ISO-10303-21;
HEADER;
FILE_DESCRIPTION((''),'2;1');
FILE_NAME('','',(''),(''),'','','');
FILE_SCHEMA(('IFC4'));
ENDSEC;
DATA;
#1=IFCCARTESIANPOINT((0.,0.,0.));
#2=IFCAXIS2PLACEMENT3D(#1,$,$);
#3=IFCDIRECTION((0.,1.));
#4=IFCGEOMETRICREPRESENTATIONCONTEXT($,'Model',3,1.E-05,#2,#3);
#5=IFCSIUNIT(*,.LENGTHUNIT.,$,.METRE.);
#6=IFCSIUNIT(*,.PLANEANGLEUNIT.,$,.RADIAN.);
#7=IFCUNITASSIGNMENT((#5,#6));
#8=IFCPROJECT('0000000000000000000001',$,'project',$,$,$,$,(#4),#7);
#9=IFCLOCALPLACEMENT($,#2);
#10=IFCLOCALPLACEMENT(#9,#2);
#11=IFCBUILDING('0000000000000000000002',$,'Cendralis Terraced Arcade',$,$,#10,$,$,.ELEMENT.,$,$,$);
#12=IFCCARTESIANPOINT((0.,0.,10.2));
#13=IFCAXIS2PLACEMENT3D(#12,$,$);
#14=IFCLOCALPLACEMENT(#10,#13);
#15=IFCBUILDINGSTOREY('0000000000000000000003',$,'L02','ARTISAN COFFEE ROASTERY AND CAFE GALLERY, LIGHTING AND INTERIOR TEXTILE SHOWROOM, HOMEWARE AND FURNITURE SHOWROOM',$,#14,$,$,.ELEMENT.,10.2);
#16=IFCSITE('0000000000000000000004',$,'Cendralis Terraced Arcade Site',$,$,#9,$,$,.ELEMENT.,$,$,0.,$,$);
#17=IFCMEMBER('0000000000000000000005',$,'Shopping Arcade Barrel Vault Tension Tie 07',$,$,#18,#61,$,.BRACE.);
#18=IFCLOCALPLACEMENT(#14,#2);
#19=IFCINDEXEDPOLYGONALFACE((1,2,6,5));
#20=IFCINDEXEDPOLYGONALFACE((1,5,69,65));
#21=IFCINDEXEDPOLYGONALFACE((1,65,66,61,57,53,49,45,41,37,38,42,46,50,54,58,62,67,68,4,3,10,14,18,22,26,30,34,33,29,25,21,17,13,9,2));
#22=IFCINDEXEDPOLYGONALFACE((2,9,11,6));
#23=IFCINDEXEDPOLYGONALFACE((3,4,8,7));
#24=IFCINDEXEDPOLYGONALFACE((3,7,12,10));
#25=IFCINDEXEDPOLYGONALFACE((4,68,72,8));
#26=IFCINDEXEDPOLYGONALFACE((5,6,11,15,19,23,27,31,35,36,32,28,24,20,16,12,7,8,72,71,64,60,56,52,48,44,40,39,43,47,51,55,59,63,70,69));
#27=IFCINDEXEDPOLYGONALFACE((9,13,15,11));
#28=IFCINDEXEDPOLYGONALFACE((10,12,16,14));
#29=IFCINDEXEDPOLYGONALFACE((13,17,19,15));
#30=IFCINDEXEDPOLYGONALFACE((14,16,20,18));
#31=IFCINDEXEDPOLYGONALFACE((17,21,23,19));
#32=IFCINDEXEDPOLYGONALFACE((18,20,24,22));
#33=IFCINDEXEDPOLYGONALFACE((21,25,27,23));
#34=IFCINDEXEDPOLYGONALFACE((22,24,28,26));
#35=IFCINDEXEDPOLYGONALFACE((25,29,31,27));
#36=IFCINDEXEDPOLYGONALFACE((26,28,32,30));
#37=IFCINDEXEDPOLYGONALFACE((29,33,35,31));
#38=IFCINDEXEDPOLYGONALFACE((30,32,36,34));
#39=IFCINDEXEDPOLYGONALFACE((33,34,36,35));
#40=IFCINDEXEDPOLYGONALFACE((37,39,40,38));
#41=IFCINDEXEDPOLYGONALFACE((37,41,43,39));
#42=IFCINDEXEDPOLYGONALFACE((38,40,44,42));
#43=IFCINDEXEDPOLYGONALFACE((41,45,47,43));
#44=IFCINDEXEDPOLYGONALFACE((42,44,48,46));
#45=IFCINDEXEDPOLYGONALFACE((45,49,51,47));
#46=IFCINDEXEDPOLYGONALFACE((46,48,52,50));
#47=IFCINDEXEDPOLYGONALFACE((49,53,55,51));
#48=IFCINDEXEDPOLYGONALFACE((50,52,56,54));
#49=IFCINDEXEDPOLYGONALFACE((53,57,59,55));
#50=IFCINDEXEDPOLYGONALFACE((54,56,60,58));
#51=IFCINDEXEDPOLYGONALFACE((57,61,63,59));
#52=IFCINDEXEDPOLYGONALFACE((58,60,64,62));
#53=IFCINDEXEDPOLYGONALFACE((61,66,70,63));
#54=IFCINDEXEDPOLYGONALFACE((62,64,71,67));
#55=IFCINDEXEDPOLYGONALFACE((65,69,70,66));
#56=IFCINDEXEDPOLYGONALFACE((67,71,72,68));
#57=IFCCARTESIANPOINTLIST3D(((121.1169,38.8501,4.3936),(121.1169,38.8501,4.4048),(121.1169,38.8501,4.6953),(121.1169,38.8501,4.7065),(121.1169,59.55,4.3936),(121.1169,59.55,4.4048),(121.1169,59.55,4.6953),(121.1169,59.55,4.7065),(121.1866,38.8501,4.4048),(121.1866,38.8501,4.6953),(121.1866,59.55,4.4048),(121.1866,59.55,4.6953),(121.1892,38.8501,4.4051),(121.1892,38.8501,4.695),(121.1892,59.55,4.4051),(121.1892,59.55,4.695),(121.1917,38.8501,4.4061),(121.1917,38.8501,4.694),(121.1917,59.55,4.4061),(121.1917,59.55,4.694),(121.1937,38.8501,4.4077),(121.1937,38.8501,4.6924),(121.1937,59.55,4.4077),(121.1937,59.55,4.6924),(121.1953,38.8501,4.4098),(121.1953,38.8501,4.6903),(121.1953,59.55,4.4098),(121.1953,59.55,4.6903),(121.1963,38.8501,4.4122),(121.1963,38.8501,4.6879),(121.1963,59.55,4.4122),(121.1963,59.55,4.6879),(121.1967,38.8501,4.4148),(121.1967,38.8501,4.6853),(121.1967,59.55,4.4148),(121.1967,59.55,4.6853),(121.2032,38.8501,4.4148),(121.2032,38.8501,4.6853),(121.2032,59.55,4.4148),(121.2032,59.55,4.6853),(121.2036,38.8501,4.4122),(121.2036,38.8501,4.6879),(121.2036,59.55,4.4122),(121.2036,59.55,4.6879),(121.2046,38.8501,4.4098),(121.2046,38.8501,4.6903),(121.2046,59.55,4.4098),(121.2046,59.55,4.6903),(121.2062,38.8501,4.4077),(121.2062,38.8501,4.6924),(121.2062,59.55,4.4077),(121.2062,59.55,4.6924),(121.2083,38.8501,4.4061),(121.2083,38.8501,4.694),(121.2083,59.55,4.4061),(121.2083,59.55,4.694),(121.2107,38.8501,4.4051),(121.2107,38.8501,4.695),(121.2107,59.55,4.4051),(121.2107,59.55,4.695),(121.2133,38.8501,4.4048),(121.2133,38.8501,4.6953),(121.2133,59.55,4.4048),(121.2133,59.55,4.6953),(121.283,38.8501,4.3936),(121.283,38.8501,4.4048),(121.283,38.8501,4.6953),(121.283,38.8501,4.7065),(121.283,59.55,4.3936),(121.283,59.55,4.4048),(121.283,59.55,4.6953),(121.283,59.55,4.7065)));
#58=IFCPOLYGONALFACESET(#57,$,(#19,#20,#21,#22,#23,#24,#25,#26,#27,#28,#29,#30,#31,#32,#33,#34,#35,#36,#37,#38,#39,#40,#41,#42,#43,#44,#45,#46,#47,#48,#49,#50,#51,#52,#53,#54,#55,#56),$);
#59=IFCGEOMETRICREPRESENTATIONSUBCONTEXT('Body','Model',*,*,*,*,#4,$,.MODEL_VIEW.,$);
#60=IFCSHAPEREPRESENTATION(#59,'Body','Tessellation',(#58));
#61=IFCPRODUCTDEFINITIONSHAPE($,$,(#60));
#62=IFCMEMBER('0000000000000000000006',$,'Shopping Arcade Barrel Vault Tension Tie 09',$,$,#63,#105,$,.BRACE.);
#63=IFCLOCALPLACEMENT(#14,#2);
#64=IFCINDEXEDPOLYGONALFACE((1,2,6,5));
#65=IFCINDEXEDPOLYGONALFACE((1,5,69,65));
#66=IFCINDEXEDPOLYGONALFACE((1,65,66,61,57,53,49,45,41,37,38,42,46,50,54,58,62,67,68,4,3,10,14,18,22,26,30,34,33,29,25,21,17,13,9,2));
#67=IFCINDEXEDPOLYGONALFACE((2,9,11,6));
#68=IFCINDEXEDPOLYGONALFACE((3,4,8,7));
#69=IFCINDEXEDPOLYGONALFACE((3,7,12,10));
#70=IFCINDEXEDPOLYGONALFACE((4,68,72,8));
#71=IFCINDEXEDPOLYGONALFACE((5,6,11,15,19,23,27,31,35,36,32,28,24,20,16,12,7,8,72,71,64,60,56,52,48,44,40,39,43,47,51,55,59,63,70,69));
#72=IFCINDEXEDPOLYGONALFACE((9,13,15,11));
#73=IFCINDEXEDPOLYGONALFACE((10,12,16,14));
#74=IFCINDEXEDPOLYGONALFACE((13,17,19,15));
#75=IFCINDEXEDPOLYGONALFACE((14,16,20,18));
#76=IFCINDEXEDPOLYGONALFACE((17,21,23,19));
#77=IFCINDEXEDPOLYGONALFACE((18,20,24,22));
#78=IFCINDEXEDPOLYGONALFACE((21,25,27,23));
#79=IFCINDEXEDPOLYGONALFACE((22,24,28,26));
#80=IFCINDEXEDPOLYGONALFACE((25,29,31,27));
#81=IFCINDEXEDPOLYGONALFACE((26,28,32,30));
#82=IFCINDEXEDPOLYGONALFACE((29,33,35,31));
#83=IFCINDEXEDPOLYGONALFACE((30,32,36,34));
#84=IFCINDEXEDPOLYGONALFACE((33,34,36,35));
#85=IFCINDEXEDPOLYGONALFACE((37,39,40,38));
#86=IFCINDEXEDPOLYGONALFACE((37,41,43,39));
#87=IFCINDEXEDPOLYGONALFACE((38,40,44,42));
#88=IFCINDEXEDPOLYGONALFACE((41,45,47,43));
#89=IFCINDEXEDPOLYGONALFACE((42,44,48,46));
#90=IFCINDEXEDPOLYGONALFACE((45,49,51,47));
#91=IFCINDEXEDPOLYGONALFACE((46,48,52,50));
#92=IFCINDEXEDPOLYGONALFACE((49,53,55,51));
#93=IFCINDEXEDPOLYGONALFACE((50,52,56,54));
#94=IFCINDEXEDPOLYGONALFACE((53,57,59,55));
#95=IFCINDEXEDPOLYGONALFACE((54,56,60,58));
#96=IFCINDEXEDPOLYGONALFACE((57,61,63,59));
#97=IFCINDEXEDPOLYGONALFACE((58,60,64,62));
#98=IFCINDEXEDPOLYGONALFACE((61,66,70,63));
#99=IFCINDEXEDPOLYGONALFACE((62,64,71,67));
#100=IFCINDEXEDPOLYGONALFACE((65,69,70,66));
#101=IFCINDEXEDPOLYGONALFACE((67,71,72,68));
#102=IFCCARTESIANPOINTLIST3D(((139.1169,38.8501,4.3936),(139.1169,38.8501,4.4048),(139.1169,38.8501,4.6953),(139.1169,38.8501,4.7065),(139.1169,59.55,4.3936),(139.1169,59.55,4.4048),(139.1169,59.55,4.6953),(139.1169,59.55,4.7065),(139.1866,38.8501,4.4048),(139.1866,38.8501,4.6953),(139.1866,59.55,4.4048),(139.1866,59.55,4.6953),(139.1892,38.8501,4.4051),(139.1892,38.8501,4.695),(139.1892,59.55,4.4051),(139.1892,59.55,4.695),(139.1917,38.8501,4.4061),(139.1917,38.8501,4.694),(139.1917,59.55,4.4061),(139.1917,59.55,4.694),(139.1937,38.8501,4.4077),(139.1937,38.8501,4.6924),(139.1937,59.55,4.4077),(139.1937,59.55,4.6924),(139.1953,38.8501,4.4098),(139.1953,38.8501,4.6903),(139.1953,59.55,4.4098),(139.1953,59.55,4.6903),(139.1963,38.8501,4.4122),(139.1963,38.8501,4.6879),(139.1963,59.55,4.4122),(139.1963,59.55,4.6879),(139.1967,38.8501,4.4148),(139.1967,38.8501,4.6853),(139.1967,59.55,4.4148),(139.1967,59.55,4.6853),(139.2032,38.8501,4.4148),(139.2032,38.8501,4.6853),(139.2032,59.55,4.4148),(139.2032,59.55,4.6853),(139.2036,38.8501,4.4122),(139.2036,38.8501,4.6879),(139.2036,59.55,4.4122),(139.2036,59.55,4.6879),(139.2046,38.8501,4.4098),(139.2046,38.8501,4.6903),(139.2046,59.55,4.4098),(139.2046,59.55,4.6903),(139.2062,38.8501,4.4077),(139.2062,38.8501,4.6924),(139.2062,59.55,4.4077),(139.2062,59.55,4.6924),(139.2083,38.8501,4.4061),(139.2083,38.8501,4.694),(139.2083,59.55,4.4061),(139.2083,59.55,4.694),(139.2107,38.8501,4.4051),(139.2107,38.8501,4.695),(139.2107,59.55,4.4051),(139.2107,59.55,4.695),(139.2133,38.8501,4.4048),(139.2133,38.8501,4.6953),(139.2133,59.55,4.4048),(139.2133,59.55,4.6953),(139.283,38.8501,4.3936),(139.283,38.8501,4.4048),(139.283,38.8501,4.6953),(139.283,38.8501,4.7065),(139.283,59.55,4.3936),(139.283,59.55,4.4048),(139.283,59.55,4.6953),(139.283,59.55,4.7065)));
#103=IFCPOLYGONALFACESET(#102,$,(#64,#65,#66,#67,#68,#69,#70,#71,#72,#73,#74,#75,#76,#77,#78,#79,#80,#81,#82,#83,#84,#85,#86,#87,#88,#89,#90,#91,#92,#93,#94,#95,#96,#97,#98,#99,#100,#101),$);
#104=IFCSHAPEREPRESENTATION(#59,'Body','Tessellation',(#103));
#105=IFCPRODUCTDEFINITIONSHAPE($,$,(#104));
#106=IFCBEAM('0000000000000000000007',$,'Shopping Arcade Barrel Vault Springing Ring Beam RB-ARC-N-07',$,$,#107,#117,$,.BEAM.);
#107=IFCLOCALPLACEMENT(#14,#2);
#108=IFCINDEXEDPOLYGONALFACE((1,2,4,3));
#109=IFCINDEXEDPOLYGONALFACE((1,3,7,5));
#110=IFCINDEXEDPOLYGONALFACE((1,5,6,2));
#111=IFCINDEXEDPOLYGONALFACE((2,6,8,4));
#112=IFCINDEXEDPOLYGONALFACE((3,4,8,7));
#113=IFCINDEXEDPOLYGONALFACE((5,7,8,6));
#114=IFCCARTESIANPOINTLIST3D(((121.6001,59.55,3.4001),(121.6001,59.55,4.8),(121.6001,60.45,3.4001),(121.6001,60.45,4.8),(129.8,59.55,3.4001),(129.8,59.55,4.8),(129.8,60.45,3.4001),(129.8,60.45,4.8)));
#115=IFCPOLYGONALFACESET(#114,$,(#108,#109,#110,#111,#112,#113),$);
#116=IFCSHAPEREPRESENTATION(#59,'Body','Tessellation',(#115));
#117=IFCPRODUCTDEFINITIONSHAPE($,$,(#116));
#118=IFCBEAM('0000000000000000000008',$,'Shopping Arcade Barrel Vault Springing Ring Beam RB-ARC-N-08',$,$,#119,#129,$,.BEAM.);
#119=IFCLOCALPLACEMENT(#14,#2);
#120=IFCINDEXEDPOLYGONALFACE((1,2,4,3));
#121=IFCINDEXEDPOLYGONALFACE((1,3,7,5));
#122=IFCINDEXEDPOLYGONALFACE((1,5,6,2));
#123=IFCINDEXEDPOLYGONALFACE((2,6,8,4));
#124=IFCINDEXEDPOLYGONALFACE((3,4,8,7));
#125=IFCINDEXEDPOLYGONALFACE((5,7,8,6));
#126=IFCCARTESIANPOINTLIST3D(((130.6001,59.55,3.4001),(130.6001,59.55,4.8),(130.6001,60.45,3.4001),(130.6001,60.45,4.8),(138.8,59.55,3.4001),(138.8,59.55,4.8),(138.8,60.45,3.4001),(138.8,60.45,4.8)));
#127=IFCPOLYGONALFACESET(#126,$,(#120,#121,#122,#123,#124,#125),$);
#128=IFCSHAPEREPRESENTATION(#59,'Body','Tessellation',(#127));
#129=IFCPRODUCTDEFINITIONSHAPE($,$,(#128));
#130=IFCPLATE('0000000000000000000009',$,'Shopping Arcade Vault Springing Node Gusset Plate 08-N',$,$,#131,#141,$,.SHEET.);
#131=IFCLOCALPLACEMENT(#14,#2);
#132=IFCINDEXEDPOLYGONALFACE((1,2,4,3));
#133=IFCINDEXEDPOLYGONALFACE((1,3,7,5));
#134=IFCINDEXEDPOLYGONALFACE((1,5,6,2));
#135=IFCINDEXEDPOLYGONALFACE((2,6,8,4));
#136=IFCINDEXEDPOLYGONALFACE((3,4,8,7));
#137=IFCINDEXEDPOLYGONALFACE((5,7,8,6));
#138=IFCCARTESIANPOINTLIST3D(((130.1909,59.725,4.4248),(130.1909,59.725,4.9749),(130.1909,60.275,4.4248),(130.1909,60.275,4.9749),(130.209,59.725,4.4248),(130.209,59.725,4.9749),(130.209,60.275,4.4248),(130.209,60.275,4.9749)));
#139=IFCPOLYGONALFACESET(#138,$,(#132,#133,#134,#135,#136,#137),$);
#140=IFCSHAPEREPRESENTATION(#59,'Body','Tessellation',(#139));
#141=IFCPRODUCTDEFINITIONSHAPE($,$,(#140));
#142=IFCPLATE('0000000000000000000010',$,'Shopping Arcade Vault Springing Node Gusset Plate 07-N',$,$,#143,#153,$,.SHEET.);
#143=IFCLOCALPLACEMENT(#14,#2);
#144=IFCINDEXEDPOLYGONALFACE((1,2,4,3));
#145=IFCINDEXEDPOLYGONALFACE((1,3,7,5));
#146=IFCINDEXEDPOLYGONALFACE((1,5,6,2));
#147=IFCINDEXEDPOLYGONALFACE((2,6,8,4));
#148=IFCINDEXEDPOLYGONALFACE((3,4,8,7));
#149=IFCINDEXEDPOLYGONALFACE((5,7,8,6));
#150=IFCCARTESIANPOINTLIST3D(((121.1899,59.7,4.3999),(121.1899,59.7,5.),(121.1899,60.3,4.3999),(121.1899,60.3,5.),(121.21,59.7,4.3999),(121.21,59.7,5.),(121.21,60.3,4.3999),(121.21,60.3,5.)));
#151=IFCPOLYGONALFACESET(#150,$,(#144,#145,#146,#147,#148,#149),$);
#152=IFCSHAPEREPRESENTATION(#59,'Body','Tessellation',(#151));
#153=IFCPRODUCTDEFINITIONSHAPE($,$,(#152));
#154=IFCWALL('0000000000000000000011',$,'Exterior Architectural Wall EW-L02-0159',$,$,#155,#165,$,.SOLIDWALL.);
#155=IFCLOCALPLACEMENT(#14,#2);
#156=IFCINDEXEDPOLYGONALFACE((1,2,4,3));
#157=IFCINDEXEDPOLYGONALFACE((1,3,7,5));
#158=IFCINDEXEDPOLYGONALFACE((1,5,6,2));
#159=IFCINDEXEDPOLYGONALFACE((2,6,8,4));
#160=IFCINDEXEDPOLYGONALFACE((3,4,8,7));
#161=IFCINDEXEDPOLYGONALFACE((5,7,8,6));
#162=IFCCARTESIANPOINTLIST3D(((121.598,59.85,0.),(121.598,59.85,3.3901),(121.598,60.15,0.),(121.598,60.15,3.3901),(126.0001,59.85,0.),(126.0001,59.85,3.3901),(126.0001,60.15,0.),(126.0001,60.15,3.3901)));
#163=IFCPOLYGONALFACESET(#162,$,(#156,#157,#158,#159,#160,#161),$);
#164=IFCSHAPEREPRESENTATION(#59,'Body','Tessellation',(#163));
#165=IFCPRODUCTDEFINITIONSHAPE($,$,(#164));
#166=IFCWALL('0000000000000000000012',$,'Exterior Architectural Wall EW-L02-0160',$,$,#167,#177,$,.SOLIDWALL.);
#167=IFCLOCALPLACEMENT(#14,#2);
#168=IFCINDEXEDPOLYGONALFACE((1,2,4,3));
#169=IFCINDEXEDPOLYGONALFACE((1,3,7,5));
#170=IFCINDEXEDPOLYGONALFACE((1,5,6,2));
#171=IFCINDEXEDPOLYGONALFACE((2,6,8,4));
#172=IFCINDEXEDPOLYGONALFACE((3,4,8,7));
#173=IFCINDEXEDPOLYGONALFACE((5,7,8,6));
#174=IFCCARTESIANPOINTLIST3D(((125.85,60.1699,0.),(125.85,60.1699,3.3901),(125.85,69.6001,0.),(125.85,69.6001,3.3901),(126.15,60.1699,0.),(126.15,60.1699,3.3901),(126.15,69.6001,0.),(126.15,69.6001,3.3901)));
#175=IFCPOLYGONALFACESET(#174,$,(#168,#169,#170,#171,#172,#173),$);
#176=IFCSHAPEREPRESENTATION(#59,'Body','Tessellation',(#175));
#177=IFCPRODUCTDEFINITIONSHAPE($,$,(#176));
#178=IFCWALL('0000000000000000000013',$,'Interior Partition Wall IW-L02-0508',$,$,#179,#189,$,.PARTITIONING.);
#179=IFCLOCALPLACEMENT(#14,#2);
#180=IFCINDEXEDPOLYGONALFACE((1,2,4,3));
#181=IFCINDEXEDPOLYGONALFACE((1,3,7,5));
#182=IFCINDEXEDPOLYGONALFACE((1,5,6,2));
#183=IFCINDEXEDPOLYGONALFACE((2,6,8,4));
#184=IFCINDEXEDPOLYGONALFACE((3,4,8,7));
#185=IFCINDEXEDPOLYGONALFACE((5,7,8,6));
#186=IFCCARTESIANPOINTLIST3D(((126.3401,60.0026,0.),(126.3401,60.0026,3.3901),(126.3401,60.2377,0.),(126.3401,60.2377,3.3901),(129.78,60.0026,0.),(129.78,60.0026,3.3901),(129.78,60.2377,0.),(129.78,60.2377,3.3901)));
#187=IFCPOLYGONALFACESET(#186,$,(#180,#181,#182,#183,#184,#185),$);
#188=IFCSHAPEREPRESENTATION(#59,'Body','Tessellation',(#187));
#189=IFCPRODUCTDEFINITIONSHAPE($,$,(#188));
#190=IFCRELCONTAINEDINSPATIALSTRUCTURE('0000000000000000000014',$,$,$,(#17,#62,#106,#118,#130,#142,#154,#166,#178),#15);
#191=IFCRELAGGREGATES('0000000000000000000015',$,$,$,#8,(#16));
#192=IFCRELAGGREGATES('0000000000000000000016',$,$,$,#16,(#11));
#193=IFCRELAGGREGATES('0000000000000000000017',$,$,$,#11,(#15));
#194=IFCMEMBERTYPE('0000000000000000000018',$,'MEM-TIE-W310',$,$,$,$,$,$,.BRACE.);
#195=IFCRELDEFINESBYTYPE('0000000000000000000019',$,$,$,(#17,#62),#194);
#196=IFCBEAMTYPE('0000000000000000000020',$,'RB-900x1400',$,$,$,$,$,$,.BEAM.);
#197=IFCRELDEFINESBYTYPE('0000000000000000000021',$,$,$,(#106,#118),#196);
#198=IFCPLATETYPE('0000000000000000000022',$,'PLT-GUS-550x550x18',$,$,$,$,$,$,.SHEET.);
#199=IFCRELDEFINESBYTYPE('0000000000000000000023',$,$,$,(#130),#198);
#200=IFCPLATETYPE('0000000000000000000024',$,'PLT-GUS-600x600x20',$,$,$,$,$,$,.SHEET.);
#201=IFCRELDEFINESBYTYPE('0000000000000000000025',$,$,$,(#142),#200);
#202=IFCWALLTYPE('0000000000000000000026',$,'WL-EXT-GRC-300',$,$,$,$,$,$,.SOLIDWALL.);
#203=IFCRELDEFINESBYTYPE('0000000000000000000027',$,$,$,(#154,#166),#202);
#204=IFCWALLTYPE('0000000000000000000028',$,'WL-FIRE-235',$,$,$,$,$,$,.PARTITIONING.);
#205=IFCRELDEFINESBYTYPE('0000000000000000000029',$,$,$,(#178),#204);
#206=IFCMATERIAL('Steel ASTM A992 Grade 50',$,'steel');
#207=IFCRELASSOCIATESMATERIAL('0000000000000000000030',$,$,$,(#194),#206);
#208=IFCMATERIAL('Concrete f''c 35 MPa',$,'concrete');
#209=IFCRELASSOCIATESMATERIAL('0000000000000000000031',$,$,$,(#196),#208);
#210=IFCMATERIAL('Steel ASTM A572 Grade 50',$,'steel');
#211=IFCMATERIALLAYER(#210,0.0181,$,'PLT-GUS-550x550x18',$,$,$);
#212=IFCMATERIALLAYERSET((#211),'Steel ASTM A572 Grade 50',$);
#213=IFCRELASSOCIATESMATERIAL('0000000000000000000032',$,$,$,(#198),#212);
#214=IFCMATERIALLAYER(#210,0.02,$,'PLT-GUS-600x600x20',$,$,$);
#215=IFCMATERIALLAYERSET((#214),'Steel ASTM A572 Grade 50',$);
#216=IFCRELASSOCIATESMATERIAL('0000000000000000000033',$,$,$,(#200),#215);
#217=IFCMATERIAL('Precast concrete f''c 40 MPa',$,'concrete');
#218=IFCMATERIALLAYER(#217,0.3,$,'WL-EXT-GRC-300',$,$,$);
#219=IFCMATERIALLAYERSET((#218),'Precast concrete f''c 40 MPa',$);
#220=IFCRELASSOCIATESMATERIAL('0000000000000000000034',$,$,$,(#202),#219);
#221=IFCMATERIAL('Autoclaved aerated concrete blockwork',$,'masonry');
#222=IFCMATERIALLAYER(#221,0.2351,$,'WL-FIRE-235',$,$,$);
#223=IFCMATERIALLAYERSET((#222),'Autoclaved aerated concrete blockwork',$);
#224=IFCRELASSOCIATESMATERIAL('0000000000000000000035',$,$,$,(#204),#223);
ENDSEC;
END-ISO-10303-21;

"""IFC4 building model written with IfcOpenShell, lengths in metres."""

from ifc_helpers import new_model, si_unit, direction, frame, frame_2d, origin, origin_2d, place, context, subcontext, project, spatial, rectangle, i_section, extrude, material, layer, layer_set, material_profile, profile_set, type_object, element, save


model = new_model("IFC4")

# Units and contexts
model_context = context("Model", 3, precision=1e-05, world=origin(), true_north=direction((0.0, 1.0)))
body_context = subcontext(model_context, "Body", "Model", "MODEL_VIEW")
ifc_project = project(units=[si_unit("LENGTHUNIT", "METRE"), si_unit("PLANEANGLEUNIT", "RADIAN")], contexts=[model_context])

# Site, building, storey
site_placement = place(None, origin())
site = spatial("IfcSite", under=ifc_project, at=site_placement, Name="Cendralis Terraced Arcade Site", CompositionType="ELEMENT", RefElevation=0.0)
building_placement = place(site_placement, origin())
building = spatial("IfcBuilding", under=site, at=building_placement, Name="Cendralis Terraced Arcade", CompositionType="ELEMENT")
storey_placement = place(building_placement, frame((0.0, 0.0, 10.2)))
storey = spatial("IfcBuildingStorey", under=building, at=storey_placement, Name="L02", Description="ARTISAN COFFEE ROASTERY AND CAFE GALLERY, LIGHTING AND INTERIOR TEXTILE SHOWROOM, HOMEWARE AND FURNITURE SHOWROOM", CompositionType="ELEMENT", Elevation=10.2)

# Shared definitions
ifc_material_1 = material(Name="Concrete f'c 35 MPa", Category="concrete")

# Members
ifc_material_2 = material(Name="Steel ASTM A992 Grade 50", Category="steel")
ifc_material_profile_1 = material_profile(ifc_material_2, i_section(OverallWidth=0.166, OverallDepth=0.313, WebThickness=0.0066, FlangeThickness=0.0112, FilletRadius=0.01, at=origin_2d()), Name="W310X44.5", Category="LoadBearing")
ifc_profile_set_1 = profile_set([ifc_material_profile_1], Name="Steel ASTM A992 Grade 50")
member_type = type_object("IfcMemberType", Name="MEM-TIE-W310", PredefinedType="BRACE", material=ifc_profile_set_1)
for number, where, z_axis, x_axis, name in (
    (1, (121.2, 38.8501, 4.55), (0.0, 1.0, 0.0), (-1.0, 0.0, 0.0), "Shopping Arcade Barrel Vault Tension Tie 07"),
    (2, (139.2, 38.8501, 4.55), (0.0, 1.0, 0.0), (-1.0, 0.0, 0.0), "Shopping Arcade Barrel Vault Tension Tie 09"),
):
    element("IfcMember", number, at=place(storey_placement, frame(where, z_axis=z_axis, x_axis=x_axis)), inside=storey, type_object=member_type, Name=name, PredefinedType="BRACE", context=body_context, shape_type="SweptSolid", body=[
        extrude(i_section(OverallWidth=0.166, OverallDepth=0.313, WebThickness=0.0066, FlangeThickness=0.0112, FilletRadius=0.01, at=origin_2d()), origin(), (0.0, 0.0, 1.0), 20.7),
    ])

# Beams
ifc_material_profile_2 = material_profile(ifc_material_1, rectangle(XDim=0.8999, YDim=1.3999, at=origin_2d()), Name="RC-RB-900x1400", Category="LoadBearing")
ifc_profile_set_2 = profile_set([ifc_material_profile_2], Name="Concrete f'c 35 MPa")
beam_type_1 = type_object("IfcBeamType", Name="RB-900x1400", PredefinedType="BEAM", material=ifc_profile_set_2)
for number, where, z_axis, x_axis, name in (
    (3, (121.6001, 60.0, 4.1001), (1.0, 0.0, 0.0), (0.0, 1.0, 0.0), "Shopping Arcade Barrel Vault Springing Ring Beam RB-ARC-N-07"),
    (4, (130.6001, 60.0, 4.1001), (1.0, 0.0, 0.0), (0.0, 1.0, 0.0), "Shopping Arcade Barrel Vault Springing Ring Beam RB-ARC-N-08"),
):
    element("IfcBeam", number, at=place(storey_placement, frame(where, z_axis=z_axis, x_axis=x_axis)), inside=storey, type_object=beam_type_1, Name=name, PredefinedType="BEAM", context=body_context, shape_type="SweptSolid", body=[
        extrude(rectangle(XDim=0.8999, YDim=1.3999, at=origin_2d()), origin(), (0.0, 0.0, 1.0), 8.2),
    ])

# Plates
ifc_material_3 = material(Name="Steel ASTM A572 Grade 50", Category="steel")
ifc_layer_1 = layer(ifc_material_3, 0.0181, Name="PLT-GUS-550x550x18")
ifc_layer_set_1 = layer_set([ifc_layer_1], Name="Steel ASTM A572 Grade 50")
plate_type_1 = type_object("IfcPlateType", Name="PLT-GUS-550x550x18", PredefinedType="SHEET", material=ifc_layer_set_1)
plate_1_placement = place(storey_placement, frame((130.2, 60.0, 4.4248), z_axis=(0.0, 0.0, 1.0), x_axis=(0.0, 1.0, 0.0)))
element("IfcPlate", 5, at=plate_1_placement, inside=storey, type_object=plate_type_1, Name="Shopping Arcade Vault Springing Node Gusset Plate 08-N", PredefinedType="SHEET", context=body_context, shape_type="SweptSolid", body=[
    extrude(rectangle(XDim=0.55, YDim=0.0181, at=origin_2d()), origin(), (0.0, 0.0, 1.0), 0.55),
])
ifc_layer_2 = layer(ifc_material_3, 0.02, Name="PLT-GUS-600x600x20")
ifc_layer_set_2 = layer_set([ifc_layer_2], Name="Steel ASTM A572 Grade 50")
plate_type_2 = type_object("IfcPlateType", Name="PLT-GUS-600x600x20", PredefinedType="SHEET", material=ifc_layer_set_2)
plate_2_placement = place(storey_placement, frame((121.2, 60.0, 4.3999), z_axis=(0.0, 0.0, 1.0), x_axis=(0.0, 1.0, 0.0)))
element("IfcPlate", 6, at=plate_2_placement, inside=storey, type_object=plate_type_2, Name="Shopping Arcade Vault Springing Node Gusset Plate 07-N", PredefinedType="SHEET", context=body_context, shape_type="SweptSolid", body=[
    extrude(rectangle(XDim=0.6001, YDim=0.02, at=origin_2d()), origin(), (0.0, 0.0, 1.0), 0.6001),
])

# Walls
ifc_material_4 = material(Name="Precast concrete f'c 40 MPa", Category="concrete")
ifc_layer_3 = layer(ifc_material_4, 0.3, Name="WL-EXT-GRC-300")
ifc_layer_set_3 = layer_set([ifc_layer_3], Name="Precast concrete f'c 40 MPa")
wall_type_1 = type_object("IfcWallType", Name="WL-EXT-GRC-300", PredefinedType="SOLIDWALL", material=ifc_layer_set_3)
wall_1_placement = place(storey_placement, frame((121.5979, 60.0, 0.0), z_axis=(0.0, 0.0, 1.0), x_axis=(1.0, 0.0, 0.0)))
element("IfcWall", 7, at=wall_1_placement, inside=storey, type_object=wall_type_1, Name="Exterior Architectural Wall EW-L02-0159", PredefinedType="SOLIDWALL", context=body_context, shape_type="SweptSolid", body=[
    extrude(rectangle(XDim=4.4021, YDim=0.3, at=frame_2d((2.2012, 0.0))), origin(), (0.0, 0.0, 1.0), 3.3901),
])
wall_2_placement = place(storey_placement, frame((126.0, 60.1699, 0.0), z_axis=(0.0, 0.0, 1.0), x_axis=(0.0, 1.0, 0.0)))
element("IfcWall", 8, at=wall_2_placement, inside=storey, type_object=wall_type_1, Name="Exterior Architectural Wall EW-L02-0160", PredefinedType="SOLIDWALL", context=body_context, shape_type="SweptSolid", body=[
    extrude(rectangle(XDim=9.4302, YDim=0.3, at=frame_2d((4.7151, 0.0))), origin(), (0.0, 0.0, 1.0), 3.3901),
])
ifc_material_5 = material(Name="Autoclaved aerated concrete blockwork", Category="masonry")
ifc_layer_4 = layer(ifc_material_5, 0.2351, Name="WL-FIRE-235")
ifc_layer_set_4 = layer_set([ifc_layer_4], Name="Autoclaved aerated concrete blockwork")
wall_type_2 = type_object("IfcWallType", Name="WL-FIRE-235", PredefinedType="PARTITIONING", material=ifc_layer_set_4)
wall_3_placement = place(storey_placement, frame((129.78, 60.1201, 0.0), z_axis=(0.0, 0.0, 1.0), x_axis=(-1.0, 0.0, 0.0)))
element("IfcWall", 9, at=wall_3_placement, inside=storey, type_object=wall_type_2, Name="Interior Partition Wall IW-L02-0508", PredefinedType="PARTITIONING", context=body_context, shape_type="SweptSolid", body=[
    extrude(rectangle(XDim=3.4399, YDim=0.2351, at=frame_2d((1.72, 0.0))), origin(), (0.0, 0.0, 1.0), 3.3901),
])

save(model, "model.ifc")
